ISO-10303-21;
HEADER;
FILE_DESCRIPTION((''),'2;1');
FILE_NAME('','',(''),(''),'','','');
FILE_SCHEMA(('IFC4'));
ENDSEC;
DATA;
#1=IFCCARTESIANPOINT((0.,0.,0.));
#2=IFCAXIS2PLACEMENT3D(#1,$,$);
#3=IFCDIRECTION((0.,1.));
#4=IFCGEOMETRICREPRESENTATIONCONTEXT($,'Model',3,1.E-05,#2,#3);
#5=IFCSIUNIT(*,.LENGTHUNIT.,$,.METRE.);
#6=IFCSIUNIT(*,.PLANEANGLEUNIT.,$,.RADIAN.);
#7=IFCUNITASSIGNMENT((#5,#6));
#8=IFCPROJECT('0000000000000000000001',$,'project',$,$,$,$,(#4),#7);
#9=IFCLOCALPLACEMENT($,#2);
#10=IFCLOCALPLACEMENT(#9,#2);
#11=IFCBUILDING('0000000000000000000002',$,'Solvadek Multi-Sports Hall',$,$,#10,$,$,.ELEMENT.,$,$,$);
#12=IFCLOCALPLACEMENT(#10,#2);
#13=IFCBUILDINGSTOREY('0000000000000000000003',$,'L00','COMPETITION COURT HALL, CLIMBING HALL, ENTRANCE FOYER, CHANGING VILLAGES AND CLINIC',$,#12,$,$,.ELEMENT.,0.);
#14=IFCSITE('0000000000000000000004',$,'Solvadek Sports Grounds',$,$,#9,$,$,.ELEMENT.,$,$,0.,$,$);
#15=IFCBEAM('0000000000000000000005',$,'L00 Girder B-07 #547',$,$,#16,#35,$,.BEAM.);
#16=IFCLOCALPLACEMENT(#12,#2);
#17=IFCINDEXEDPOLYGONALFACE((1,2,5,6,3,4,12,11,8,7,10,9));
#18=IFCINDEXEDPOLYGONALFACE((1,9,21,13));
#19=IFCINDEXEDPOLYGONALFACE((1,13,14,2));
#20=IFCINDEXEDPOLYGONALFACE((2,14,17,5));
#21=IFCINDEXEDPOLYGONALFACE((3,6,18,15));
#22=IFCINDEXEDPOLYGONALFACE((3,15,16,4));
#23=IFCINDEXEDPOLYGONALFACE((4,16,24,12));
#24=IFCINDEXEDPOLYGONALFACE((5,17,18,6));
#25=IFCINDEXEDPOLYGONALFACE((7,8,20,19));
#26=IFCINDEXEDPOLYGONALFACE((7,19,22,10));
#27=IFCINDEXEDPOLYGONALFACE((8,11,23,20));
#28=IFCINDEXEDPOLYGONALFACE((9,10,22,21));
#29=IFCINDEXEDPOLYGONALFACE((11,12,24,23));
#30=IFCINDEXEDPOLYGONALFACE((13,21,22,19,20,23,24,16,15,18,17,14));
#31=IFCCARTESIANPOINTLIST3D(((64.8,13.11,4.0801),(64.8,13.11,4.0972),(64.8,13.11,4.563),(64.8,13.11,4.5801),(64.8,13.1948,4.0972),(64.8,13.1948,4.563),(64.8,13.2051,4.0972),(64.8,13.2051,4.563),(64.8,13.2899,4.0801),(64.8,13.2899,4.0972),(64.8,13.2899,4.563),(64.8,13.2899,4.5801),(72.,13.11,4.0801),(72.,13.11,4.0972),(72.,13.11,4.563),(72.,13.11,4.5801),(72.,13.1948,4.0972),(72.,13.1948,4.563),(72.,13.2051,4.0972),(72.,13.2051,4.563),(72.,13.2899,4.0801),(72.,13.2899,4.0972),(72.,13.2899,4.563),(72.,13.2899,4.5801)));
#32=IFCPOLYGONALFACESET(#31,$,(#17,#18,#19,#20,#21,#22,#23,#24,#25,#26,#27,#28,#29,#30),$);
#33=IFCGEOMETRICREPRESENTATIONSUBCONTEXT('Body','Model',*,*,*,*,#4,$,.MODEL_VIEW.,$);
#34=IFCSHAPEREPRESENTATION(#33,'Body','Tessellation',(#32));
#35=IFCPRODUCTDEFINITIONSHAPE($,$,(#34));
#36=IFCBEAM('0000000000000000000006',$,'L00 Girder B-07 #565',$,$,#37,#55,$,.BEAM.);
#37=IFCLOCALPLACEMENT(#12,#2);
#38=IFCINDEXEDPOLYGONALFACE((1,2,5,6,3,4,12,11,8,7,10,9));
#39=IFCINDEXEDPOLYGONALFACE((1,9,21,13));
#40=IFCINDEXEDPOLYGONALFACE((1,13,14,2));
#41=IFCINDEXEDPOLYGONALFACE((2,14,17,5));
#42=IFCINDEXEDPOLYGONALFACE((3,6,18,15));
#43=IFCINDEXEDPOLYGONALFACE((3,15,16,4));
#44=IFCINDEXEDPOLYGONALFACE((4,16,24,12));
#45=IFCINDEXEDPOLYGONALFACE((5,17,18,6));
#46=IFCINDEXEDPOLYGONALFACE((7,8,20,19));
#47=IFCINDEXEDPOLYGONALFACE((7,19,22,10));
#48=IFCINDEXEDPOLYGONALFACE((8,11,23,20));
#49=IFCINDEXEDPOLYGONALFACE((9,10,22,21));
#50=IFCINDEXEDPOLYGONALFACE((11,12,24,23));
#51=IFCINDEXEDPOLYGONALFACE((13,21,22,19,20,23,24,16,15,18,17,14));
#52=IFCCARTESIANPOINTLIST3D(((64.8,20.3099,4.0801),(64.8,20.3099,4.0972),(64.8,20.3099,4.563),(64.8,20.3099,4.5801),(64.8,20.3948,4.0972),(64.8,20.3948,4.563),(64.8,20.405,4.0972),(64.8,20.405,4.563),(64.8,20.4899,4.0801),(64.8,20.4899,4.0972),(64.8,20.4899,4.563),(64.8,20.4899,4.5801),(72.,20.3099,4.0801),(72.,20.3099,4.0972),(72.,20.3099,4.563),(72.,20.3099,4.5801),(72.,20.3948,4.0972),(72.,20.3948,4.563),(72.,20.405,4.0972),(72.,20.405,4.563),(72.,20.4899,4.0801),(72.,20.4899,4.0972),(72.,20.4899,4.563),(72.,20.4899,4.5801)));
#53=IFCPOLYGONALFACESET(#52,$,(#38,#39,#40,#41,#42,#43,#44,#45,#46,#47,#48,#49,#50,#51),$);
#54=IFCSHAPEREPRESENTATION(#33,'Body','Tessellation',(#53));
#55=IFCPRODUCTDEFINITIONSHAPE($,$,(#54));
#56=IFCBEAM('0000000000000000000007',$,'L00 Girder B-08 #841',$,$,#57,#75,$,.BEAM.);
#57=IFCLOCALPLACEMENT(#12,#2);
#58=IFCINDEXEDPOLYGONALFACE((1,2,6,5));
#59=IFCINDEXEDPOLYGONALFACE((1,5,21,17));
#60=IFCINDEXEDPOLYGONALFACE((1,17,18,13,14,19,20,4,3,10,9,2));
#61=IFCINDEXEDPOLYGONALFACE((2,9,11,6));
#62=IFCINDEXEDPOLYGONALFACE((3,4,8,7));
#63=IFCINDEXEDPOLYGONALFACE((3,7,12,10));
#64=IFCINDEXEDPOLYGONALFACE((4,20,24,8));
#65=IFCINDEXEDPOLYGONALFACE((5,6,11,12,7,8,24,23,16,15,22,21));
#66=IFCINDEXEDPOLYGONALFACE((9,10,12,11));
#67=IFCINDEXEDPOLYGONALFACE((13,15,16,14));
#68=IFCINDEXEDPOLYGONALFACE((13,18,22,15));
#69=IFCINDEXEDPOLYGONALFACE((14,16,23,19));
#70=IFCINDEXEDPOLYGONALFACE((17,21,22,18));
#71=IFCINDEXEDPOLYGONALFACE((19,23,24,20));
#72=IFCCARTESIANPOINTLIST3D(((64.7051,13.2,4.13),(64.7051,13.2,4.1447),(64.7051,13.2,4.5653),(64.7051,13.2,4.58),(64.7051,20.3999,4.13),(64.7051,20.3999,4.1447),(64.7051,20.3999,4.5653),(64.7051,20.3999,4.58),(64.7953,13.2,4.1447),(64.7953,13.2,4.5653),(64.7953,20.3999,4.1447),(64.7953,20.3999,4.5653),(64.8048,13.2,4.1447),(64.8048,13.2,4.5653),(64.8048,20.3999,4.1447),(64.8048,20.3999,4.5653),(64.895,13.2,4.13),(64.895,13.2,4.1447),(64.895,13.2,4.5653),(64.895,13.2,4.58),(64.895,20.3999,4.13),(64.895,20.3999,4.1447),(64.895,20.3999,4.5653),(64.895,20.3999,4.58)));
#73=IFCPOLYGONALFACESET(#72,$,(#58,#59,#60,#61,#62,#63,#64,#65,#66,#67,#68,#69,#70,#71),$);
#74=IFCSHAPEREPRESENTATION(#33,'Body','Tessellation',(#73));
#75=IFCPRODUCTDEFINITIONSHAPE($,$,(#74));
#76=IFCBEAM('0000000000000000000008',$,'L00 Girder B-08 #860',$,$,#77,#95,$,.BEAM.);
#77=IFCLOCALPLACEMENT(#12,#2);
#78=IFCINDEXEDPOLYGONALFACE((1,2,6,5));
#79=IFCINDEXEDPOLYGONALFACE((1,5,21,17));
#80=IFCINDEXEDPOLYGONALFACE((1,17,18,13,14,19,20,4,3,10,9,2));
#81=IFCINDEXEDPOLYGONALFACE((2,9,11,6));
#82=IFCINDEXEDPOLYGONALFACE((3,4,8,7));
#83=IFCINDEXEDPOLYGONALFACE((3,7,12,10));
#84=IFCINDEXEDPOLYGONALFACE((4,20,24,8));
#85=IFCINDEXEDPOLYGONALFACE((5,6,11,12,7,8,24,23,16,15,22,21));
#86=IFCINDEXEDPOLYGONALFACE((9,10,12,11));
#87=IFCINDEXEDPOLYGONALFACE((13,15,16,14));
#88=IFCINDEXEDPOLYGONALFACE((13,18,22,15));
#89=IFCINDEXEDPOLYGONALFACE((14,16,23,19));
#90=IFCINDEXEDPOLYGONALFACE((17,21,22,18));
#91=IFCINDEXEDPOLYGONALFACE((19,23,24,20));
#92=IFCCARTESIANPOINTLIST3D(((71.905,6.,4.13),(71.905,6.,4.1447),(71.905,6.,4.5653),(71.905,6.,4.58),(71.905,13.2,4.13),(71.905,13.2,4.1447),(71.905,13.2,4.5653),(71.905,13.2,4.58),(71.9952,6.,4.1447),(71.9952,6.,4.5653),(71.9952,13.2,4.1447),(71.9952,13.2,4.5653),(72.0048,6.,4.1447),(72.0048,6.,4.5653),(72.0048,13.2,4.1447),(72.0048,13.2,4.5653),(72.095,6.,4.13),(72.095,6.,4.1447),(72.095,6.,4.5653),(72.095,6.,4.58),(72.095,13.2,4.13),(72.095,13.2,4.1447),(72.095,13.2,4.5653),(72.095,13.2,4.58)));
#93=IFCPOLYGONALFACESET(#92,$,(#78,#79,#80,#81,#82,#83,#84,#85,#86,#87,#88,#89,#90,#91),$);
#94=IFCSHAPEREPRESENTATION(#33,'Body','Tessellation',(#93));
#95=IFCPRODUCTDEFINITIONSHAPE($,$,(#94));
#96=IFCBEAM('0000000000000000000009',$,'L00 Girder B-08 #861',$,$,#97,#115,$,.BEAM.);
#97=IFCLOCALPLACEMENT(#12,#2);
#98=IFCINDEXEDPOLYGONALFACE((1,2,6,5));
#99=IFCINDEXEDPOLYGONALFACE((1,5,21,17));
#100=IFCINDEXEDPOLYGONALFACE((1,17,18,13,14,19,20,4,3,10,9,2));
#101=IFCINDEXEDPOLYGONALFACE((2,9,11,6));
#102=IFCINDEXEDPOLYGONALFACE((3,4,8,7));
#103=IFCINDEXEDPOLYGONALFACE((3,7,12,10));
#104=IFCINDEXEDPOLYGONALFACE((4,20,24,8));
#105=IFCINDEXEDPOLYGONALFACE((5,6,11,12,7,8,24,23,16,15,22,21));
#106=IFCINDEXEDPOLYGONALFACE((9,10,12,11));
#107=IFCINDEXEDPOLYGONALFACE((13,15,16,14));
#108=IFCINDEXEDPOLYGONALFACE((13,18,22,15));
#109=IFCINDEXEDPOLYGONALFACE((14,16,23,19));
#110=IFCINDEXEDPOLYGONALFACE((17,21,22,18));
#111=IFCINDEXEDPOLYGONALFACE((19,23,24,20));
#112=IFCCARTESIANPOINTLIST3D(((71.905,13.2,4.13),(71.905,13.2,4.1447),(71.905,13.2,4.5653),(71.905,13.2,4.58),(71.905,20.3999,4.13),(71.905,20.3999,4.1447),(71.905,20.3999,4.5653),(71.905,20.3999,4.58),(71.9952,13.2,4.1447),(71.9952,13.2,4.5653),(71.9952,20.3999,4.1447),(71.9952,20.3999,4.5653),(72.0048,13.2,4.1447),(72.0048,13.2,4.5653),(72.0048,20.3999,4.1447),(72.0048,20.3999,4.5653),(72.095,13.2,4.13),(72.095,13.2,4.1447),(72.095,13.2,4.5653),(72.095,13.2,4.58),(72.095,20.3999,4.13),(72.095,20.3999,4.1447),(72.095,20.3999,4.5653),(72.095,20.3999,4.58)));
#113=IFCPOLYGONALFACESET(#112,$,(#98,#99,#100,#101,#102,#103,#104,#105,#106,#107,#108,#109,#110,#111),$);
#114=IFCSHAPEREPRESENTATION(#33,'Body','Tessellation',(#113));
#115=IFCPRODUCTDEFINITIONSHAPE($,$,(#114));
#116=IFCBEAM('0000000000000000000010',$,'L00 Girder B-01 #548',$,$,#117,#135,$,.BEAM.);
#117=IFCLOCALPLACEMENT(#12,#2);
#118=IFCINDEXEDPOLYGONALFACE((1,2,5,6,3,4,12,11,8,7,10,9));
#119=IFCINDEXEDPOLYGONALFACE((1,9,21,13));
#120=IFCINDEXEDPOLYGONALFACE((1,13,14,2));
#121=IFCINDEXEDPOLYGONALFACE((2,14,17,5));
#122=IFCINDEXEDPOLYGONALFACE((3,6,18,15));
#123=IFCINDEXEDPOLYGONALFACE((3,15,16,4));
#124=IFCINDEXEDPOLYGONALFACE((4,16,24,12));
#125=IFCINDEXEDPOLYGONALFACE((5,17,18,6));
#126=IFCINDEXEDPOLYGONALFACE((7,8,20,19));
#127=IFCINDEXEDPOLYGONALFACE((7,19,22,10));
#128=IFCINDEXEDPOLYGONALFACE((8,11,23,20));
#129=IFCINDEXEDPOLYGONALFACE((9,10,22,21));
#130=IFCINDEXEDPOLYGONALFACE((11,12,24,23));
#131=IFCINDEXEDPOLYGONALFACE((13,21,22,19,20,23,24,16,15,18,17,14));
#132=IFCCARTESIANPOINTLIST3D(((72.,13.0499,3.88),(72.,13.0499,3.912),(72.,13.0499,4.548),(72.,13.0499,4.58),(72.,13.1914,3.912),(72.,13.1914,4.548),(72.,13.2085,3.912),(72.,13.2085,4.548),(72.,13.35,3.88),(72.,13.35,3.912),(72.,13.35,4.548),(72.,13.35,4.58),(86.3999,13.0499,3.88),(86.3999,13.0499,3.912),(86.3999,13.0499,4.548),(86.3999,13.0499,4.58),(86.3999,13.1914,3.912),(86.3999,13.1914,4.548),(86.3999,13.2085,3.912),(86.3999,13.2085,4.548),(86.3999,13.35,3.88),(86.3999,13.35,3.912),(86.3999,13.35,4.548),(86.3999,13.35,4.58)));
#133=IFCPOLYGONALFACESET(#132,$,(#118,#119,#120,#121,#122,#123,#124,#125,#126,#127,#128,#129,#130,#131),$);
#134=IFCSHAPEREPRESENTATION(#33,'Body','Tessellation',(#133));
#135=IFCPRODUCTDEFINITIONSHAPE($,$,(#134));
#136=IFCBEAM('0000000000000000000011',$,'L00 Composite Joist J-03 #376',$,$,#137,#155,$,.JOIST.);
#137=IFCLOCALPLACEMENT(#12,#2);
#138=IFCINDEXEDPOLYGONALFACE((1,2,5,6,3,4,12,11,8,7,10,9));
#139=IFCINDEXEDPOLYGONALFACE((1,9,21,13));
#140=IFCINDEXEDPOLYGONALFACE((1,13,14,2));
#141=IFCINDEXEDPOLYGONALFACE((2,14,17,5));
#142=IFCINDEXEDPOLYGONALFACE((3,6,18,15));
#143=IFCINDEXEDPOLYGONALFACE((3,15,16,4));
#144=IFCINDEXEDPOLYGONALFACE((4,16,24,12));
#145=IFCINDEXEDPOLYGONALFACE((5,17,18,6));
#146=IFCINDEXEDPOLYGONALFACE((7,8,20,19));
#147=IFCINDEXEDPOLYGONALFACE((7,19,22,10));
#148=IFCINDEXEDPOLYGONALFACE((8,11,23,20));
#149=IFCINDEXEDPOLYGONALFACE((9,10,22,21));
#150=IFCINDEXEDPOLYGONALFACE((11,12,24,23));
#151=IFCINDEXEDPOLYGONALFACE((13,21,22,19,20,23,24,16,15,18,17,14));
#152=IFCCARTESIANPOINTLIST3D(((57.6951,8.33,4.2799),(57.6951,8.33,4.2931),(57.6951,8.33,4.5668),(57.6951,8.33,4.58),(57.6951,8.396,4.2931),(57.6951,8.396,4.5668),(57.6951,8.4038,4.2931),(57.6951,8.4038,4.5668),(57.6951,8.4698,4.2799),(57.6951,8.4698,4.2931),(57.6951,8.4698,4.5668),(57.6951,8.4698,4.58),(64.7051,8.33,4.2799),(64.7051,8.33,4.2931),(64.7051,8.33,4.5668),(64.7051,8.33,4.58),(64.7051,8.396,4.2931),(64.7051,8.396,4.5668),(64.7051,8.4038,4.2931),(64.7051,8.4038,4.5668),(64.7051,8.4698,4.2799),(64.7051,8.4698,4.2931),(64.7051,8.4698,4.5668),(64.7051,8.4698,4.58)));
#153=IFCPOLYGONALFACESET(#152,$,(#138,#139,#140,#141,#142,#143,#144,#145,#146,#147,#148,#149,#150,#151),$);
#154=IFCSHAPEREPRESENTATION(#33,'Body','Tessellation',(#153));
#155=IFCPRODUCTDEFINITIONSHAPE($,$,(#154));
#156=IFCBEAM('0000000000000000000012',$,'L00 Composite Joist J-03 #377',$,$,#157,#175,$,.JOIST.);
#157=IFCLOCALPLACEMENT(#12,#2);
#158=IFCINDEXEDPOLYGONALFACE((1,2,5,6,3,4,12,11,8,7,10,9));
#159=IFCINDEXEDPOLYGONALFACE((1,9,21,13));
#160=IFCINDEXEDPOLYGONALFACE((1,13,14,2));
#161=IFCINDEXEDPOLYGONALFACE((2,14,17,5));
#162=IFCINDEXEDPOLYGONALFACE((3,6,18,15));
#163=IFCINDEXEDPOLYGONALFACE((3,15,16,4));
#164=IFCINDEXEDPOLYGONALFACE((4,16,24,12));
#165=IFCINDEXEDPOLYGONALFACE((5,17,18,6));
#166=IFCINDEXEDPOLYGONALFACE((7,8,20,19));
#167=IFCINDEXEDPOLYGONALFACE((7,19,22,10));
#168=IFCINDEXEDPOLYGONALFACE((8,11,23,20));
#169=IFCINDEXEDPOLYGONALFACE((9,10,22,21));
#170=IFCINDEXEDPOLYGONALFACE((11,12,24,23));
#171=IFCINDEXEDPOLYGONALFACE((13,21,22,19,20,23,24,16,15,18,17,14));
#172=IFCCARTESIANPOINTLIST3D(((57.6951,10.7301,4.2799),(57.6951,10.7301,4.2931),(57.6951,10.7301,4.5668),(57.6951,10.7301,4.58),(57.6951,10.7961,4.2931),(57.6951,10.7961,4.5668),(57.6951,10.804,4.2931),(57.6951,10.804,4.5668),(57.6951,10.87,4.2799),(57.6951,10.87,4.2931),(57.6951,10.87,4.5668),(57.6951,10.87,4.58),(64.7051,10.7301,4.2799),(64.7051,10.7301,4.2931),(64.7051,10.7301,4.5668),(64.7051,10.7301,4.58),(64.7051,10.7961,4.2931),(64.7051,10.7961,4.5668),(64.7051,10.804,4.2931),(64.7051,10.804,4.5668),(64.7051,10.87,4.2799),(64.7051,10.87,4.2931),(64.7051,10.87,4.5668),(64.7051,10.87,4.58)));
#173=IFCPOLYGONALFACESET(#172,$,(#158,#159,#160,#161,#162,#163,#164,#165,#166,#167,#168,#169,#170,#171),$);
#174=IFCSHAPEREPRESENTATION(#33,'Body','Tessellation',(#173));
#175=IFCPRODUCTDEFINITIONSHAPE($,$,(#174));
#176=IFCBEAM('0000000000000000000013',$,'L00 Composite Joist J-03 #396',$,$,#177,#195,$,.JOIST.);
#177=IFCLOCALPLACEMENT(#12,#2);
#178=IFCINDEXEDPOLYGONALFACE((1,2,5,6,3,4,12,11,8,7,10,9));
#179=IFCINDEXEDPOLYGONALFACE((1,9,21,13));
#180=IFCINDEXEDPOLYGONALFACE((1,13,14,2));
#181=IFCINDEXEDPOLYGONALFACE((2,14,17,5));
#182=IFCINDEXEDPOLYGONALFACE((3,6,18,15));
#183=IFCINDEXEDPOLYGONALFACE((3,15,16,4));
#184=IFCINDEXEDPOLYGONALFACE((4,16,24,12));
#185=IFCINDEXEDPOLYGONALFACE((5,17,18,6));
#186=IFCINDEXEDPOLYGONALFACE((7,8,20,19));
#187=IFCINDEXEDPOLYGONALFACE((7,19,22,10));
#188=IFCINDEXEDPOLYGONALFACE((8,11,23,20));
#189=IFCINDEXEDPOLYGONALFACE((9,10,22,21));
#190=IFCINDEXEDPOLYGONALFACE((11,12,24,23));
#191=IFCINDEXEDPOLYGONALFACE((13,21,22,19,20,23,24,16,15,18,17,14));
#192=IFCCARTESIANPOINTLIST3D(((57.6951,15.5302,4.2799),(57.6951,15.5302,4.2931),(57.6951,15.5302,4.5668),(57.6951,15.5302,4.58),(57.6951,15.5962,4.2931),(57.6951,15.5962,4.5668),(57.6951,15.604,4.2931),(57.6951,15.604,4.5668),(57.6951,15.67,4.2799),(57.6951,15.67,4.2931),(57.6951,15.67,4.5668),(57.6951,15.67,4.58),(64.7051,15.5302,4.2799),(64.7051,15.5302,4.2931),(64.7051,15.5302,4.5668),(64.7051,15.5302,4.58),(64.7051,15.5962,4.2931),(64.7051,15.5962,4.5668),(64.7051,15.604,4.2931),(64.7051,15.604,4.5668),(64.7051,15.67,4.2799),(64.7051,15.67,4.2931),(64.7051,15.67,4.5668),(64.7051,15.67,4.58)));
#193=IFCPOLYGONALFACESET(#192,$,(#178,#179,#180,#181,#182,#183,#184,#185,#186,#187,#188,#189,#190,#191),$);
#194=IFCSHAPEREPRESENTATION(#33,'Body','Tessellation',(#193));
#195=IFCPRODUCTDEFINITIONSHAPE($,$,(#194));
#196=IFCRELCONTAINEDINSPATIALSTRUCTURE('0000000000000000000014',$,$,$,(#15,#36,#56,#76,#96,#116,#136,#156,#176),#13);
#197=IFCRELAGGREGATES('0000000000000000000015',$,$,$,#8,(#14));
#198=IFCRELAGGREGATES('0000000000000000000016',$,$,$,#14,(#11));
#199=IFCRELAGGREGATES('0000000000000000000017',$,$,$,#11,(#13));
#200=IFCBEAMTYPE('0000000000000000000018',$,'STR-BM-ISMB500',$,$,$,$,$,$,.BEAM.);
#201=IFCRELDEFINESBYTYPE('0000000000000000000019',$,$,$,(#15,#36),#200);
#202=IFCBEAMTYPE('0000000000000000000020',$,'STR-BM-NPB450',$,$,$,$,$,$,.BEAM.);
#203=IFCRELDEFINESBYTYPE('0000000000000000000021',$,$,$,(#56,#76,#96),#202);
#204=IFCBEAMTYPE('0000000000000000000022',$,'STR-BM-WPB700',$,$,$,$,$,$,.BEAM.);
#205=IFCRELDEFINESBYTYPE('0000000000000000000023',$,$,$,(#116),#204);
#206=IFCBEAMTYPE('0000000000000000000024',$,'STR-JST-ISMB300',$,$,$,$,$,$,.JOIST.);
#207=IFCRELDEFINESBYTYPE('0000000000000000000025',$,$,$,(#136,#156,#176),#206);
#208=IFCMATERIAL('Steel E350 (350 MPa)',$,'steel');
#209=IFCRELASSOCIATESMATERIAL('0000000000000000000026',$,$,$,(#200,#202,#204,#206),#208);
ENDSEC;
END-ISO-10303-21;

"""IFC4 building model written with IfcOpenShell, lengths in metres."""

from ifc_helpers import new_model, si_unit, direction, frame, origin, origin_2d, place, context, subcontext, project, spatial, i_section, extrude, material, material_profile, profile_set, type_object, element, save


model = new_model("IFC4")

# Units and contexts
model_context = context("Model", 3, precision=1e-05, world=origin(), true_north=direction((0.0, 1.0)))
body_context = subcontext(model_context, "Body", "Model", "MODEL_VIEW")
ifc_project = project(units=[si_unit("LENGTHUNIT", "METRE"), si_unit("PLANEANGLEUNIT", "RADIAN")], contexts=[model_context])

# Site, building, storey
site_placement = place(None, origin())
site = spatial("IfcSite", under=ifc_project, at=site_placement, Name="Solvadek Sports Grounds", CompositionType="ELEMENT", RefElevation=0.0)
building_placement = place(site_placement, origin())
building = spatial("IfcBuilding", under=site, at=building_placement, Name="Solvadek Multi-Sports Hall", CompositionType="ELEMENT")
storey_placement = place(building_placement, origin())
storey = spatial("IfcBuildingStorey", under=building, at=storey_placement, Name="L00", Description="COMPETITION COURT HALL, CLIMBING HALL, ENTRANCE FOYER, CHANGING VILLAGES AND CLINIC", CompositionType="ELEMENT", Elevation=0.0)

# Shared definitions
ifc_material_1 = material(Name="Steel E350 (350 MPa)", Category="steel")

# Beams
ifc_material_profile_1 = material_profile(ifc_material_1, i_section(OverallWidth=0.1799, OverallDepth=0.5, WebThickness=0.0103, FlangeThickness=0.0171, at=origin_2d()), Name="ISMB 500")
ifc_profile_set_1 = profile_set([ifc_material_profile_1], Name="Steel E350 (350 MPa)")
beam_type_1 = type_object("IfcBeamType", Name="STR-BM-ISMB500", PredefinedType="BEAM", material=ifc_profile_set_1)
for number, where, z_axis, x_axis, name in (
    (1, (64.8, 13.2, 4.3301), (1.0, 0.0, 0.0), (0.0, 1.0, 0.0), "L00 Girder B-07 #547"),
    (2, (64.8, 20.3999, 4.3301), (1.0, 0.0, 0.0), (0.0, 1.0, 0.0), "L00 Girder B-07 #565"),
):
    element("IfcBeam", number, at=place(storey_placement, frame(where, z_axis=z_axis, x_axis=x_axis)), inside=storey, type_object=beam_type_1, Name=name, PredefinedType="BEAM", context=body_context, shape_type="SweptSolid", body=[
        extrude(i_section(OverallWidth=0.1799, OverallDepth=0.5, WebThickness=0.0103, FlangeThickness=0.0171, at=origin_2d()), origin(), (0.0, 0.0, 1.0), 7.2),
    ])
ifc_material_profile_2 = material_profile(ifc_material_1, i_section(OverallWidth=0.1899, OverallDepth=0.45, WebThickness=0.0095, FlangeThickness=0.0146, at=origin_2d()), Name="NPB 450")
ifc_profile_set_2 = profile_set([ifc_material_profile_2], Name="Steel E350 (350 MPa)")
beam_type_2 = type_object("IfcBeamType", Name="STR-BM-NPB450", PredefinedType="BEAM", material=ifc_profile_set_2)
for number, where, z_axis, x_axis, name in (
    (3, (64.8, 13.2, 4.355), (0.0, 1.0, 0.0), (-1.0, 0.0, 0.0), "L00 Girder B-08 #841"),
    (4, (72.0, 6.0, 4.355), (0.0, 1.0, 0.0), (-1.0, 0.0, 0.0), "L00 Girder B-08 #860"),
    (5, (72.0, 13.2, 4.355), (0.0, 1.0, 0.0), (-1.0, 0.0, 0.0), "L00 Girder B-08 #861"),
):
    element("IfcBeam", number, at=place(storey_placement, frame(where, z_axis=z_axis, x_axis=x_axis)), inside=storey, type_object=beam_type_2, Name=name, PredefinedType="BEAM", context=body_context, shape_type="SweptSolid", body=[
        extrude(i_section(OverallWidth=0.1899, OverallDepth=0.45, WebThickness=0.0095, FlangeThickness=0.0146, at=origin_2d()), origin(), (0.0, 0.0, 1.0), 7.2),
    ])
ifc_material_profile_3 = material_profile(ifc_material_1, i_section(OverallWidth=0.3, OverallDepth=0.7, WebThickness=0.0171, FlangeThickness=0.032, at=origin_2d()), Name="WPB 700")
ifc_profile_set_3 = profile_set([ifc_material_profile_3], Name="Steel E350 (350 MPa)")
beam_type_3 = type_object("IfcBeamType", Name="STR-BM-WPB700", PredefinedType="BEAM", material=ifc_profile_set_3)
beam_1_placement = place(storey_placement, frame((72.0, 13.2, 4.23), z_axis=(1.0, 0.0, 0.0), x_axis=(0.0, 1.0, 0.0)))
element("IfcBeam", 6, at=beam_1_placement, inside=storey, type_object=beam_type_3, Name="L00 Girder B-01 #548", PredefinedType="BEAM", context=body_context, shape_type="SweptSolid", body=[
    extrude(i_section(OverallWidth=0.3, OverallDepth=0.7, WebThickness=0.0171, FlangeThickness=0.032, at=origin_2d()), origin(), (0.0, 0.0, 1.0), 14.3999),
])
ifc_material_profile_4 = material_profile(ifc_material_1, i_section(OverallWidth=0.1399, OverallDepth=0.3, WebThickness=0.0078, FlangeThickness=0.0132, at=origin_2d()), Name="ISMB 300")
ifc_profile_set_4 = profile_set([ifc_material_profile_4], Name="Steel E350 (350 MPa)")
beam_type_4 = type_object("IfcBeamType", Name="STR-JST-ISMB300", PredefinedType="JOIST", material=ifc_profile_set_4)
for number, where, z_axis, x_axis, name in (
    (7, (57.6951, 8.3999, 4.4299), (1.0, 0.0, 0.0), (0.0, 1.0, 0.0), "L00 Composite Joist J-03 #376"),
    (8, (57.6951, 10.8, 4.4299), (1.0, 0.0, 0.0), (0.0, 1.0, 0.0), "L00 Composite Joist J-03 #377"),
    (9, (57.6951, 15.6001, 4.4299), (1.0, 0.0, 0.0), (0.0, 1.0, 0.0), "L00 Composite Joist J-03 #396"),
):
    element("IfcBeam", number, at=place(storey_placement, frame(where, z_axis=z_axis, x_axis=x_axis)), inside=storey, type_object=beam_type_4, Name=name, PredefinedType="JOIST", context=body_context, shape_type="SweptSolid", body=[
        extrude(i_section(OverallWidth=0.1399, OverallDepth=0.3, WebThickness=0.0078, FlangeThickness=0.0132, at=origin_2d()), origin(), (0.0, 0.0, 1.0), 7.01),
    ])

save(model, "model.ifc")
